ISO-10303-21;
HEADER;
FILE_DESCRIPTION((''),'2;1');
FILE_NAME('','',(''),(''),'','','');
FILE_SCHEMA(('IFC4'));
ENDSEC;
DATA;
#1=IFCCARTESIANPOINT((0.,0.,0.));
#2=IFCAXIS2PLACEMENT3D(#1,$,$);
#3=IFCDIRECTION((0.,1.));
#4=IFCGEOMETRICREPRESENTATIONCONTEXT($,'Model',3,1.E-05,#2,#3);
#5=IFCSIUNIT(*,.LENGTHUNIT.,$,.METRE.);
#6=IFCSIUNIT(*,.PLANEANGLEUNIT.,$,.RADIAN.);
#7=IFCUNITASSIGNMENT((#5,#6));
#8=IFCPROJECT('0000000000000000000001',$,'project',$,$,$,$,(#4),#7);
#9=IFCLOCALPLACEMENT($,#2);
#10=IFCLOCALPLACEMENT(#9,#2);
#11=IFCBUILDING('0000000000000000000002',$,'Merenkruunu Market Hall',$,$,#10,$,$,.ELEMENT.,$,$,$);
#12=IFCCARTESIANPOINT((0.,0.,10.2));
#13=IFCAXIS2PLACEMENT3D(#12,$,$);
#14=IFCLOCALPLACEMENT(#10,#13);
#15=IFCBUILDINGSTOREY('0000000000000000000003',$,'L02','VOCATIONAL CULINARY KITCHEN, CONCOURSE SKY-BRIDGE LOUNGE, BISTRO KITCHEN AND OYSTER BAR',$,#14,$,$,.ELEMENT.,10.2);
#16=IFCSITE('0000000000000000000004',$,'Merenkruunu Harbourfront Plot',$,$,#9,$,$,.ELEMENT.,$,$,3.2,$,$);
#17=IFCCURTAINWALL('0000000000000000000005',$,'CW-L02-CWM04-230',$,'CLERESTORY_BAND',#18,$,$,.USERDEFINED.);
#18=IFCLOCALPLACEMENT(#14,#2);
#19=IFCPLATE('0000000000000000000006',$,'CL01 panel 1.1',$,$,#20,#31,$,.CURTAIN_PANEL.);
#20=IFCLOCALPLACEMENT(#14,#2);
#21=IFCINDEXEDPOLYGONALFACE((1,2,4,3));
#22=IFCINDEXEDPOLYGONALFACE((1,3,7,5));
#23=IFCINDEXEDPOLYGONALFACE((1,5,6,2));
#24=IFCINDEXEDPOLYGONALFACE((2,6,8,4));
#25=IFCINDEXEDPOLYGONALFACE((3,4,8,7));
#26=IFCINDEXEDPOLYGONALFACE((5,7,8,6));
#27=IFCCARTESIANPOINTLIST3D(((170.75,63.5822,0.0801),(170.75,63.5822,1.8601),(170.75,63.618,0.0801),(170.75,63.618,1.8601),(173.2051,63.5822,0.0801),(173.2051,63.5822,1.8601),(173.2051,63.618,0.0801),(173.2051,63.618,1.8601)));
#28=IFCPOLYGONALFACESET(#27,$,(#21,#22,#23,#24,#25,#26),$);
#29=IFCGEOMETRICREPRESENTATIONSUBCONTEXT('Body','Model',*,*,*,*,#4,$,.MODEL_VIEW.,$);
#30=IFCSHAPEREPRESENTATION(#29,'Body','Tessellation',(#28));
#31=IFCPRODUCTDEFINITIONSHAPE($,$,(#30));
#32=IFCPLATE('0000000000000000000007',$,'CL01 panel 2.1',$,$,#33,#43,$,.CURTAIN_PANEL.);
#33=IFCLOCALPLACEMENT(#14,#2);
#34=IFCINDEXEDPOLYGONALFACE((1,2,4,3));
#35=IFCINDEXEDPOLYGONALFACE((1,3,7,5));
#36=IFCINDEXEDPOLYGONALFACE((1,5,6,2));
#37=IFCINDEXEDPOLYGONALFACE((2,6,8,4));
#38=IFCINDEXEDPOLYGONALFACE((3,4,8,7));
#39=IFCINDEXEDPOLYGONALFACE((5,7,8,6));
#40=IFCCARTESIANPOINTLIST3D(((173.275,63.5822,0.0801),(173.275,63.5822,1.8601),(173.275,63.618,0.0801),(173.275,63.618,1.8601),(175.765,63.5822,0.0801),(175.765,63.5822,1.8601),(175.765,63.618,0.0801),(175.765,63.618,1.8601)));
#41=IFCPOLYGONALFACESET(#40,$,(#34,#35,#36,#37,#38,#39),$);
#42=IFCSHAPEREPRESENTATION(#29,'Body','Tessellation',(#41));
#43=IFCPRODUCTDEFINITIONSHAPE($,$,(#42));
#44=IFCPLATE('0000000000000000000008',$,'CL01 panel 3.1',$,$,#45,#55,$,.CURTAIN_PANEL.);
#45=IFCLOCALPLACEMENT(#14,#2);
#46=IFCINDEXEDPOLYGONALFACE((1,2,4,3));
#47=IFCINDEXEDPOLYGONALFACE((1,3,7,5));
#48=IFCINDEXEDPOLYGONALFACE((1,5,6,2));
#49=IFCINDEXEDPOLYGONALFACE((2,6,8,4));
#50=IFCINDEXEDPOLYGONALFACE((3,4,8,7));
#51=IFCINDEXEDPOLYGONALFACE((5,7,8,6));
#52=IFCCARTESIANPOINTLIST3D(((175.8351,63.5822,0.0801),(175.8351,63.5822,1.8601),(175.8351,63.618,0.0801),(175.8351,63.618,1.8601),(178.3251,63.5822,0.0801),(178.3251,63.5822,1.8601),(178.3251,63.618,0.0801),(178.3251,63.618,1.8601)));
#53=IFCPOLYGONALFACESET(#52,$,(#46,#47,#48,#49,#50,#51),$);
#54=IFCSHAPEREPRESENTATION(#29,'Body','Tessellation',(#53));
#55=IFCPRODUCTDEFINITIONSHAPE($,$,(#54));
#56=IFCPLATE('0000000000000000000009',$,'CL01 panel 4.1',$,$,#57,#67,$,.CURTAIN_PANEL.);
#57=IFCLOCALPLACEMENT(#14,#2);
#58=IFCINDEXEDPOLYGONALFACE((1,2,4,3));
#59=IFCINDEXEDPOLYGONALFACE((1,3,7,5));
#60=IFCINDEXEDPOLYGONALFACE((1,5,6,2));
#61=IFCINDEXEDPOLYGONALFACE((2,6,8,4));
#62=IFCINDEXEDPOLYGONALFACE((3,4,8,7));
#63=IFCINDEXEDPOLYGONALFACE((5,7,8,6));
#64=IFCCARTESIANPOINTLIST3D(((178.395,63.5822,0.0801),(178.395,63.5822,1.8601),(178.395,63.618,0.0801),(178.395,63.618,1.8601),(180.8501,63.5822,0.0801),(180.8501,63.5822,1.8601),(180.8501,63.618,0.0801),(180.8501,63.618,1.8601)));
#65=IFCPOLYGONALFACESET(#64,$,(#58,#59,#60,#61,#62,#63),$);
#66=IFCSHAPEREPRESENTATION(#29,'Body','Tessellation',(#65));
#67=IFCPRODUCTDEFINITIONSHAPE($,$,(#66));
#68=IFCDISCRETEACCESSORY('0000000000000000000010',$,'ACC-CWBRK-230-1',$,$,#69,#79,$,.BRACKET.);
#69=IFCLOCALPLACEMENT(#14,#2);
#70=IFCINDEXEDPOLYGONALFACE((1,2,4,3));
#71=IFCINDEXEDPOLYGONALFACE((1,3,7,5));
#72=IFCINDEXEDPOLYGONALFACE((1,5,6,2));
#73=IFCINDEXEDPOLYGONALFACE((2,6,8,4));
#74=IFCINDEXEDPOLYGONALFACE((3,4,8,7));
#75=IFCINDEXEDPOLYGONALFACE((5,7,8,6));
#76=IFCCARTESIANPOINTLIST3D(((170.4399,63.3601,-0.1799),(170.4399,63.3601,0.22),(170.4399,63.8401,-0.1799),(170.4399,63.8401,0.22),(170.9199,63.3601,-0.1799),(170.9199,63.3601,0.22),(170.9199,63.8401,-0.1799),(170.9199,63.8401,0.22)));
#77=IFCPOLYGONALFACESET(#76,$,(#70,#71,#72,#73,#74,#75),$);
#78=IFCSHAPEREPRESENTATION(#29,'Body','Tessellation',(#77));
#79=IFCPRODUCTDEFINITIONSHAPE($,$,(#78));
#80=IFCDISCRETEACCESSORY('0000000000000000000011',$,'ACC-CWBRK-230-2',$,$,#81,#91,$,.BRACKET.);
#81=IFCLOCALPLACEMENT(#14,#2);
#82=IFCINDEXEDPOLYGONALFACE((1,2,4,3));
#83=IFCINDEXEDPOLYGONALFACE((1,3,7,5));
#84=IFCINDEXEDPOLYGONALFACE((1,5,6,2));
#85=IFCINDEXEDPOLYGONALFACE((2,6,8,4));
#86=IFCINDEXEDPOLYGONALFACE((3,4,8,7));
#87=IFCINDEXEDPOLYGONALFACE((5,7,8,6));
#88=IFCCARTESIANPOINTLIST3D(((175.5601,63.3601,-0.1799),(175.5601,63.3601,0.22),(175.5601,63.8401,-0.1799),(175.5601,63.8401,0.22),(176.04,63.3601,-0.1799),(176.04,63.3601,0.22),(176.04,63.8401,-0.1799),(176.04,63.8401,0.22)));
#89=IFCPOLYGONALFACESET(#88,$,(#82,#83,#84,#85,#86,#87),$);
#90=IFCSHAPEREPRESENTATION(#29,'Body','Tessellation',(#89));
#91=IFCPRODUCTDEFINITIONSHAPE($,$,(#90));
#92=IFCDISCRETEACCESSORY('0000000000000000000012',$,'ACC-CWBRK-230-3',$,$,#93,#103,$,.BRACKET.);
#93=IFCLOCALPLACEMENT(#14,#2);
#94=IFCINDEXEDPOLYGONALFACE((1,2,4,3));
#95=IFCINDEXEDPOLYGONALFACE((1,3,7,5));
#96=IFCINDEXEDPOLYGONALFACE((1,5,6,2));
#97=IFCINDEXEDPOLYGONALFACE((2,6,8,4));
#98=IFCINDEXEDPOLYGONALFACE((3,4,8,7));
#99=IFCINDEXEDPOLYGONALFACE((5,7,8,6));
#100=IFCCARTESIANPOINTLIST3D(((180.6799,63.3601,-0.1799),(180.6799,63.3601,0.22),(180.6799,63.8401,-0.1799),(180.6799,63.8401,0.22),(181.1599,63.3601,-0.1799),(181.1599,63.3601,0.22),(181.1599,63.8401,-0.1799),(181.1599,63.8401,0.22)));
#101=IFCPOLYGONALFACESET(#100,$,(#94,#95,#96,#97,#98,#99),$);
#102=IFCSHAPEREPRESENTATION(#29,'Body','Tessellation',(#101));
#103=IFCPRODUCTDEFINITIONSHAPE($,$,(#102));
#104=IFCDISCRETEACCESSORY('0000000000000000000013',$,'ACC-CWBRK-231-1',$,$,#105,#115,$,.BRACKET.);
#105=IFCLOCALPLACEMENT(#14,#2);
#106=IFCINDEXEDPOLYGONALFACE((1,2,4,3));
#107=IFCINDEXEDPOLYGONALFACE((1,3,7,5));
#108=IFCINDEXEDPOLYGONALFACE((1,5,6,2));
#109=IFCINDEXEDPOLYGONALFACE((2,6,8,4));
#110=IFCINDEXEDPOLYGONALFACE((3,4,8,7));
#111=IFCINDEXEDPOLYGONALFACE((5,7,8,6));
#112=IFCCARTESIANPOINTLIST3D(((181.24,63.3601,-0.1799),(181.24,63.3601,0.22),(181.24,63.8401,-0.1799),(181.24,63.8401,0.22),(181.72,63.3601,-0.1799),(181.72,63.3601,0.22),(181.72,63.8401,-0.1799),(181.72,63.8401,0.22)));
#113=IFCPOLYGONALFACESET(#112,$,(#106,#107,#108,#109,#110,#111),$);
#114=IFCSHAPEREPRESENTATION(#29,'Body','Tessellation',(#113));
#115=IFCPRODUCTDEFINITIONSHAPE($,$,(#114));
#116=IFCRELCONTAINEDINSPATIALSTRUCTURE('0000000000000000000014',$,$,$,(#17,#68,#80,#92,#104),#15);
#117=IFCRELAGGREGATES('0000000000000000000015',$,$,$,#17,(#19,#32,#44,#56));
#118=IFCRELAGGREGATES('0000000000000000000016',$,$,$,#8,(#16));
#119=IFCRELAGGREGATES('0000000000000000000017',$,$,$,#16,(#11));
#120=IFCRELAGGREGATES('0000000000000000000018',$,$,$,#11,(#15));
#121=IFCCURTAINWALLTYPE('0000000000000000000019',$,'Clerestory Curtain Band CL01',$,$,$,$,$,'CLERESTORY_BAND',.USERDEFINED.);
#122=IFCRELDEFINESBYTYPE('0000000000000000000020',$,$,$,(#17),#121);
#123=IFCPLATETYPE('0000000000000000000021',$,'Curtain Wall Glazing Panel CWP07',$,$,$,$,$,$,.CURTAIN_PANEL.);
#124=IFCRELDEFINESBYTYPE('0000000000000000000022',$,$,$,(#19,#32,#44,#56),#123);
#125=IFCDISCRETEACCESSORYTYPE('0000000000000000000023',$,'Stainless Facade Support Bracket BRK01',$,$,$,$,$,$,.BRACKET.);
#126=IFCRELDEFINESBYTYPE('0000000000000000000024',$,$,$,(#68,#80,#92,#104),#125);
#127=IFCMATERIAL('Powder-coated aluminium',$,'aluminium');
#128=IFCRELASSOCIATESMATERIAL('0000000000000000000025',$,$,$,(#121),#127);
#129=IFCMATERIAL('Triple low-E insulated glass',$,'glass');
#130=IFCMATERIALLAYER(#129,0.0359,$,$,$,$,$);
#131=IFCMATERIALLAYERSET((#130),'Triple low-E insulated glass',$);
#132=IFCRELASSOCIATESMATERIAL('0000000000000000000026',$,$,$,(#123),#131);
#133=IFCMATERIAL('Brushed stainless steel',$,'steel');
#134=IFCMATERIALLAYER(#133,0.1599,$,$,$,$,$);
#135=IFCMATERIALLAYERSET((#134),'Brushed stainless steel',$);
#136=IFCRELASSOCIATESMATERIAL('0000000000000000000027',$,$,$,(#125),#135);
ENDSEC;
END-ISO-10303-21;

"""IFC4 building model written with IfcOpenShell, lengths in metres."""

from ifc_helpers import new_model, si_unit, direction, frame, origin, origin_2d, place, context, subcontext, project, spatial, rectangle, extrude, material, layer, layer_set, type_object, element, aggregate, save


model = new_model("IFC4")

# Units and contexts
model_context = context("Model", 3, precision=1e-05, world=origin(), true_north=direction((0.0, 1.0)))
body_context = subcontext(model_context, "Body", "Model", "MODEL_VIEW")
ifc_project = project(units=[si_unit("LENGTHUNIT", "METRE"), si_unit("PLANEANGLEUNIT", "RADIAN")], contexts=[model_context])

# Site, building, storey
site_placement = place(None, origin())
site = spatial("IfcSite", under=ifc_project, at=site_placement, Name="Merenkruunu Harbourfront Plot", CompositionType="ELEMENT", RefElevation=3.2)
building_placement = place(site_placement, origin())
building = spatial("IfcBuilding", under=site, at=building_placement, Name="Merenkruunu Market Hall", CompositionType="ELEMENT")
storey_placement = place(building_placement, frame((0.0, 0.0, 10.2)))
storey = spatial("IfcBuildingStorey", under=building, at=storey_placement, Name="L02", Description="VOCATIONAL CULINARY KITCHEN, CONCOURSE SKY-BRIDGE LOUNGE, BISTRO KITCHEN AND OYSTER BAR", CompositionType="ELEMENT", Elevation=10.2)

# Curtain wall
ifc_material_1 = material(Name="Powder-coated aluminium", Category="aluminium")
curtain_wall_type = type_object("IfcCurtainWallType", Name="Clerestory Curtain Band CL01", ElementType="CLERESTORY_BAND", PredefinedType="USERDEFINED", material=ifc_material_1)
curtain_wall_1_placement = place(storey_placement, origin())
curtain_wall_1 = element("IfcCurtainWall", 1, at=curtain_wall_1_placement, inside=storey, type_object=curtain_wall_type, Name="CW-L02-CWM04-230", ObjectType="CLERESTORY_BAND", PredefinedType="USERDEFINED")

# Plates
ifc_material_2 = material(Name="Triple low-E insulated glass", Category="glass")
ifc_layer_1 = layer(ifc_material_2, 0.0359)
ifc_layer_set_1 = layer_set([ifc_layer_1], Name="Triple low-E insulated glass")
plate_type = type_object("IfcPlateType", Name="Curtain Wall Glazing Panel CWP07", PredefinedType="CURTAIN_PANEL", material=ifc_layer_set_1)
plate_1_placement = place(storey_placement, frame((171.9775, 63.6001, 0.0801), z_axis=(0.0, 0.0, 1.0), x_axis=(1.0, 0.0, 0.0)))
plate_1 = element("IfcPlate", 2, at=plate_1_placement, type_object=plate_type, Name="CL01 panel 1.1", PredefinedType="CURTAIN_PANEL", context=body_context, shape_type="SweptSolid", body=[
    extrude(rectangle(XDim=2.4551, YDim=0.0359, at=origin_2d()), origin(), (0.0, 0.0, 1.0), 1.78),
])
plate_2_placement = place(storey_placement, frame((174.52, 63.6001, 0.0801), z_axis=(0.0, 0.0, 1.0), x_axis=(1.0, 0.0, 0.0)))
plate_2 = element("IfcPlate", 3, at=plate_2_placement, type_object=plate_type, Name="CL01 panel 2.1", PredefinedType="CURTAIN_PANEL", context=body_context, shape_type="SweptSolid", body=[
    extrude(rectangle(XDim=2.49, YDim=0.0359, at=origin_2d()), origin(), (0.0, 0.0, 1.0), 1.78),
])
plate_3_placement = place(storey_placement, frame((177.0801, 63.6001, 0.0801), z_axis=(0.0, 0.0, 1.0), x_axis=(1.0, 0.0, 0.0)))
plate_3 = element("IfcPlate", 4, at=plate_3_placement, type_object=plate_type, Name="CL01 panel 3.1", PredefinedType="CURTAIN_PANEL", context=body_context, shape_type="SweptSolid", body=[
    extrude(rectangle(XDim=2.49, YDim=0.0359, at=origin_2d()), origin(), (0.0, 0.0, 1.0), 1.78),
])
plate_4_placement = place(storey_placement, frame((179.6226, 63.6001, 0.0801), z_axis=(0.0, 0.0, 1.0), x_axis=(1.0, 0.0, 0.0)))
plate_4 = element("IfcPlate", 5, at=plate_4_placement, type_object=plate_type, Name="CL01 panel 4.1", PredefinedType="CURTAIN_PANEL", context=body_context, shape_type="SweptSolid", body=[
    extrude(rectangle(XDim=2.4551, YDim=0.0359, at=origin_2d()), origin(), (0.0, 0.0, 1.0), 1.78),
])
aggregate(curtain_wall_1, [plate_1, plate_2, plate_3, plate_4])

# Discrete accessories
ifc_material_3 = material(Name="Brushed stainless steel", Category="steel")
ifc_layer_2 = layer(ifc_material_3, 0.1599)
ifc_layer_set_2 = layer_set([ifc_layer_2], Name="Brushed stainless steel")
discrete_accessory_type = type_object("IfcDiscreteAccessoryType", Name="Stainless Facade Support Bracket BRK01", PredefinedType="BRACKET", material=ifc_layer_set_2)
for number, where, z_axis, x_axis, name in (
    (6, (170.6799, 63.6001, -0.1799), (0.0, 0.0, 1.0), (1.0, 0.0, 0.0), "ACC-CWBRK-230-1"),
    (7, (175.8, 63.6001, -0.1799), (0.0, 0.0, 1.0), (1.0, 0.0, 0.0), "ACC-CWBRK-230-2"),
    (8, (180.9199, 63.6001, -0.1799), (0.0, 0.0, 1.0), (1.0, 0.0, 0.0), "ACC-CWBRK-230-3"),
    (9, (181.48, 63.6001, -0.1799), (0.0, 0.0, 1.0), (1.0, 0.0, 0.0), "ACC-CWBRK-231-1"),
):
    element("IfcDiscreteAccessory", number, at=place(storey_placement, frame(where, z_axis=z_axis, x_axis=x_axis)), inside=storey, type_object=discrete_accessory_type, Name=name, PredefinedType="BRACKET", context=body_context, shape_type="SweptSolid", body=[
        extrude(rectangle(XDim=0.48, YDim=0.48, at=origin_2d()), origin(), (0.0, 0.0, 1.0), 0.3999),
    ])

save(model, "model.ifc")
